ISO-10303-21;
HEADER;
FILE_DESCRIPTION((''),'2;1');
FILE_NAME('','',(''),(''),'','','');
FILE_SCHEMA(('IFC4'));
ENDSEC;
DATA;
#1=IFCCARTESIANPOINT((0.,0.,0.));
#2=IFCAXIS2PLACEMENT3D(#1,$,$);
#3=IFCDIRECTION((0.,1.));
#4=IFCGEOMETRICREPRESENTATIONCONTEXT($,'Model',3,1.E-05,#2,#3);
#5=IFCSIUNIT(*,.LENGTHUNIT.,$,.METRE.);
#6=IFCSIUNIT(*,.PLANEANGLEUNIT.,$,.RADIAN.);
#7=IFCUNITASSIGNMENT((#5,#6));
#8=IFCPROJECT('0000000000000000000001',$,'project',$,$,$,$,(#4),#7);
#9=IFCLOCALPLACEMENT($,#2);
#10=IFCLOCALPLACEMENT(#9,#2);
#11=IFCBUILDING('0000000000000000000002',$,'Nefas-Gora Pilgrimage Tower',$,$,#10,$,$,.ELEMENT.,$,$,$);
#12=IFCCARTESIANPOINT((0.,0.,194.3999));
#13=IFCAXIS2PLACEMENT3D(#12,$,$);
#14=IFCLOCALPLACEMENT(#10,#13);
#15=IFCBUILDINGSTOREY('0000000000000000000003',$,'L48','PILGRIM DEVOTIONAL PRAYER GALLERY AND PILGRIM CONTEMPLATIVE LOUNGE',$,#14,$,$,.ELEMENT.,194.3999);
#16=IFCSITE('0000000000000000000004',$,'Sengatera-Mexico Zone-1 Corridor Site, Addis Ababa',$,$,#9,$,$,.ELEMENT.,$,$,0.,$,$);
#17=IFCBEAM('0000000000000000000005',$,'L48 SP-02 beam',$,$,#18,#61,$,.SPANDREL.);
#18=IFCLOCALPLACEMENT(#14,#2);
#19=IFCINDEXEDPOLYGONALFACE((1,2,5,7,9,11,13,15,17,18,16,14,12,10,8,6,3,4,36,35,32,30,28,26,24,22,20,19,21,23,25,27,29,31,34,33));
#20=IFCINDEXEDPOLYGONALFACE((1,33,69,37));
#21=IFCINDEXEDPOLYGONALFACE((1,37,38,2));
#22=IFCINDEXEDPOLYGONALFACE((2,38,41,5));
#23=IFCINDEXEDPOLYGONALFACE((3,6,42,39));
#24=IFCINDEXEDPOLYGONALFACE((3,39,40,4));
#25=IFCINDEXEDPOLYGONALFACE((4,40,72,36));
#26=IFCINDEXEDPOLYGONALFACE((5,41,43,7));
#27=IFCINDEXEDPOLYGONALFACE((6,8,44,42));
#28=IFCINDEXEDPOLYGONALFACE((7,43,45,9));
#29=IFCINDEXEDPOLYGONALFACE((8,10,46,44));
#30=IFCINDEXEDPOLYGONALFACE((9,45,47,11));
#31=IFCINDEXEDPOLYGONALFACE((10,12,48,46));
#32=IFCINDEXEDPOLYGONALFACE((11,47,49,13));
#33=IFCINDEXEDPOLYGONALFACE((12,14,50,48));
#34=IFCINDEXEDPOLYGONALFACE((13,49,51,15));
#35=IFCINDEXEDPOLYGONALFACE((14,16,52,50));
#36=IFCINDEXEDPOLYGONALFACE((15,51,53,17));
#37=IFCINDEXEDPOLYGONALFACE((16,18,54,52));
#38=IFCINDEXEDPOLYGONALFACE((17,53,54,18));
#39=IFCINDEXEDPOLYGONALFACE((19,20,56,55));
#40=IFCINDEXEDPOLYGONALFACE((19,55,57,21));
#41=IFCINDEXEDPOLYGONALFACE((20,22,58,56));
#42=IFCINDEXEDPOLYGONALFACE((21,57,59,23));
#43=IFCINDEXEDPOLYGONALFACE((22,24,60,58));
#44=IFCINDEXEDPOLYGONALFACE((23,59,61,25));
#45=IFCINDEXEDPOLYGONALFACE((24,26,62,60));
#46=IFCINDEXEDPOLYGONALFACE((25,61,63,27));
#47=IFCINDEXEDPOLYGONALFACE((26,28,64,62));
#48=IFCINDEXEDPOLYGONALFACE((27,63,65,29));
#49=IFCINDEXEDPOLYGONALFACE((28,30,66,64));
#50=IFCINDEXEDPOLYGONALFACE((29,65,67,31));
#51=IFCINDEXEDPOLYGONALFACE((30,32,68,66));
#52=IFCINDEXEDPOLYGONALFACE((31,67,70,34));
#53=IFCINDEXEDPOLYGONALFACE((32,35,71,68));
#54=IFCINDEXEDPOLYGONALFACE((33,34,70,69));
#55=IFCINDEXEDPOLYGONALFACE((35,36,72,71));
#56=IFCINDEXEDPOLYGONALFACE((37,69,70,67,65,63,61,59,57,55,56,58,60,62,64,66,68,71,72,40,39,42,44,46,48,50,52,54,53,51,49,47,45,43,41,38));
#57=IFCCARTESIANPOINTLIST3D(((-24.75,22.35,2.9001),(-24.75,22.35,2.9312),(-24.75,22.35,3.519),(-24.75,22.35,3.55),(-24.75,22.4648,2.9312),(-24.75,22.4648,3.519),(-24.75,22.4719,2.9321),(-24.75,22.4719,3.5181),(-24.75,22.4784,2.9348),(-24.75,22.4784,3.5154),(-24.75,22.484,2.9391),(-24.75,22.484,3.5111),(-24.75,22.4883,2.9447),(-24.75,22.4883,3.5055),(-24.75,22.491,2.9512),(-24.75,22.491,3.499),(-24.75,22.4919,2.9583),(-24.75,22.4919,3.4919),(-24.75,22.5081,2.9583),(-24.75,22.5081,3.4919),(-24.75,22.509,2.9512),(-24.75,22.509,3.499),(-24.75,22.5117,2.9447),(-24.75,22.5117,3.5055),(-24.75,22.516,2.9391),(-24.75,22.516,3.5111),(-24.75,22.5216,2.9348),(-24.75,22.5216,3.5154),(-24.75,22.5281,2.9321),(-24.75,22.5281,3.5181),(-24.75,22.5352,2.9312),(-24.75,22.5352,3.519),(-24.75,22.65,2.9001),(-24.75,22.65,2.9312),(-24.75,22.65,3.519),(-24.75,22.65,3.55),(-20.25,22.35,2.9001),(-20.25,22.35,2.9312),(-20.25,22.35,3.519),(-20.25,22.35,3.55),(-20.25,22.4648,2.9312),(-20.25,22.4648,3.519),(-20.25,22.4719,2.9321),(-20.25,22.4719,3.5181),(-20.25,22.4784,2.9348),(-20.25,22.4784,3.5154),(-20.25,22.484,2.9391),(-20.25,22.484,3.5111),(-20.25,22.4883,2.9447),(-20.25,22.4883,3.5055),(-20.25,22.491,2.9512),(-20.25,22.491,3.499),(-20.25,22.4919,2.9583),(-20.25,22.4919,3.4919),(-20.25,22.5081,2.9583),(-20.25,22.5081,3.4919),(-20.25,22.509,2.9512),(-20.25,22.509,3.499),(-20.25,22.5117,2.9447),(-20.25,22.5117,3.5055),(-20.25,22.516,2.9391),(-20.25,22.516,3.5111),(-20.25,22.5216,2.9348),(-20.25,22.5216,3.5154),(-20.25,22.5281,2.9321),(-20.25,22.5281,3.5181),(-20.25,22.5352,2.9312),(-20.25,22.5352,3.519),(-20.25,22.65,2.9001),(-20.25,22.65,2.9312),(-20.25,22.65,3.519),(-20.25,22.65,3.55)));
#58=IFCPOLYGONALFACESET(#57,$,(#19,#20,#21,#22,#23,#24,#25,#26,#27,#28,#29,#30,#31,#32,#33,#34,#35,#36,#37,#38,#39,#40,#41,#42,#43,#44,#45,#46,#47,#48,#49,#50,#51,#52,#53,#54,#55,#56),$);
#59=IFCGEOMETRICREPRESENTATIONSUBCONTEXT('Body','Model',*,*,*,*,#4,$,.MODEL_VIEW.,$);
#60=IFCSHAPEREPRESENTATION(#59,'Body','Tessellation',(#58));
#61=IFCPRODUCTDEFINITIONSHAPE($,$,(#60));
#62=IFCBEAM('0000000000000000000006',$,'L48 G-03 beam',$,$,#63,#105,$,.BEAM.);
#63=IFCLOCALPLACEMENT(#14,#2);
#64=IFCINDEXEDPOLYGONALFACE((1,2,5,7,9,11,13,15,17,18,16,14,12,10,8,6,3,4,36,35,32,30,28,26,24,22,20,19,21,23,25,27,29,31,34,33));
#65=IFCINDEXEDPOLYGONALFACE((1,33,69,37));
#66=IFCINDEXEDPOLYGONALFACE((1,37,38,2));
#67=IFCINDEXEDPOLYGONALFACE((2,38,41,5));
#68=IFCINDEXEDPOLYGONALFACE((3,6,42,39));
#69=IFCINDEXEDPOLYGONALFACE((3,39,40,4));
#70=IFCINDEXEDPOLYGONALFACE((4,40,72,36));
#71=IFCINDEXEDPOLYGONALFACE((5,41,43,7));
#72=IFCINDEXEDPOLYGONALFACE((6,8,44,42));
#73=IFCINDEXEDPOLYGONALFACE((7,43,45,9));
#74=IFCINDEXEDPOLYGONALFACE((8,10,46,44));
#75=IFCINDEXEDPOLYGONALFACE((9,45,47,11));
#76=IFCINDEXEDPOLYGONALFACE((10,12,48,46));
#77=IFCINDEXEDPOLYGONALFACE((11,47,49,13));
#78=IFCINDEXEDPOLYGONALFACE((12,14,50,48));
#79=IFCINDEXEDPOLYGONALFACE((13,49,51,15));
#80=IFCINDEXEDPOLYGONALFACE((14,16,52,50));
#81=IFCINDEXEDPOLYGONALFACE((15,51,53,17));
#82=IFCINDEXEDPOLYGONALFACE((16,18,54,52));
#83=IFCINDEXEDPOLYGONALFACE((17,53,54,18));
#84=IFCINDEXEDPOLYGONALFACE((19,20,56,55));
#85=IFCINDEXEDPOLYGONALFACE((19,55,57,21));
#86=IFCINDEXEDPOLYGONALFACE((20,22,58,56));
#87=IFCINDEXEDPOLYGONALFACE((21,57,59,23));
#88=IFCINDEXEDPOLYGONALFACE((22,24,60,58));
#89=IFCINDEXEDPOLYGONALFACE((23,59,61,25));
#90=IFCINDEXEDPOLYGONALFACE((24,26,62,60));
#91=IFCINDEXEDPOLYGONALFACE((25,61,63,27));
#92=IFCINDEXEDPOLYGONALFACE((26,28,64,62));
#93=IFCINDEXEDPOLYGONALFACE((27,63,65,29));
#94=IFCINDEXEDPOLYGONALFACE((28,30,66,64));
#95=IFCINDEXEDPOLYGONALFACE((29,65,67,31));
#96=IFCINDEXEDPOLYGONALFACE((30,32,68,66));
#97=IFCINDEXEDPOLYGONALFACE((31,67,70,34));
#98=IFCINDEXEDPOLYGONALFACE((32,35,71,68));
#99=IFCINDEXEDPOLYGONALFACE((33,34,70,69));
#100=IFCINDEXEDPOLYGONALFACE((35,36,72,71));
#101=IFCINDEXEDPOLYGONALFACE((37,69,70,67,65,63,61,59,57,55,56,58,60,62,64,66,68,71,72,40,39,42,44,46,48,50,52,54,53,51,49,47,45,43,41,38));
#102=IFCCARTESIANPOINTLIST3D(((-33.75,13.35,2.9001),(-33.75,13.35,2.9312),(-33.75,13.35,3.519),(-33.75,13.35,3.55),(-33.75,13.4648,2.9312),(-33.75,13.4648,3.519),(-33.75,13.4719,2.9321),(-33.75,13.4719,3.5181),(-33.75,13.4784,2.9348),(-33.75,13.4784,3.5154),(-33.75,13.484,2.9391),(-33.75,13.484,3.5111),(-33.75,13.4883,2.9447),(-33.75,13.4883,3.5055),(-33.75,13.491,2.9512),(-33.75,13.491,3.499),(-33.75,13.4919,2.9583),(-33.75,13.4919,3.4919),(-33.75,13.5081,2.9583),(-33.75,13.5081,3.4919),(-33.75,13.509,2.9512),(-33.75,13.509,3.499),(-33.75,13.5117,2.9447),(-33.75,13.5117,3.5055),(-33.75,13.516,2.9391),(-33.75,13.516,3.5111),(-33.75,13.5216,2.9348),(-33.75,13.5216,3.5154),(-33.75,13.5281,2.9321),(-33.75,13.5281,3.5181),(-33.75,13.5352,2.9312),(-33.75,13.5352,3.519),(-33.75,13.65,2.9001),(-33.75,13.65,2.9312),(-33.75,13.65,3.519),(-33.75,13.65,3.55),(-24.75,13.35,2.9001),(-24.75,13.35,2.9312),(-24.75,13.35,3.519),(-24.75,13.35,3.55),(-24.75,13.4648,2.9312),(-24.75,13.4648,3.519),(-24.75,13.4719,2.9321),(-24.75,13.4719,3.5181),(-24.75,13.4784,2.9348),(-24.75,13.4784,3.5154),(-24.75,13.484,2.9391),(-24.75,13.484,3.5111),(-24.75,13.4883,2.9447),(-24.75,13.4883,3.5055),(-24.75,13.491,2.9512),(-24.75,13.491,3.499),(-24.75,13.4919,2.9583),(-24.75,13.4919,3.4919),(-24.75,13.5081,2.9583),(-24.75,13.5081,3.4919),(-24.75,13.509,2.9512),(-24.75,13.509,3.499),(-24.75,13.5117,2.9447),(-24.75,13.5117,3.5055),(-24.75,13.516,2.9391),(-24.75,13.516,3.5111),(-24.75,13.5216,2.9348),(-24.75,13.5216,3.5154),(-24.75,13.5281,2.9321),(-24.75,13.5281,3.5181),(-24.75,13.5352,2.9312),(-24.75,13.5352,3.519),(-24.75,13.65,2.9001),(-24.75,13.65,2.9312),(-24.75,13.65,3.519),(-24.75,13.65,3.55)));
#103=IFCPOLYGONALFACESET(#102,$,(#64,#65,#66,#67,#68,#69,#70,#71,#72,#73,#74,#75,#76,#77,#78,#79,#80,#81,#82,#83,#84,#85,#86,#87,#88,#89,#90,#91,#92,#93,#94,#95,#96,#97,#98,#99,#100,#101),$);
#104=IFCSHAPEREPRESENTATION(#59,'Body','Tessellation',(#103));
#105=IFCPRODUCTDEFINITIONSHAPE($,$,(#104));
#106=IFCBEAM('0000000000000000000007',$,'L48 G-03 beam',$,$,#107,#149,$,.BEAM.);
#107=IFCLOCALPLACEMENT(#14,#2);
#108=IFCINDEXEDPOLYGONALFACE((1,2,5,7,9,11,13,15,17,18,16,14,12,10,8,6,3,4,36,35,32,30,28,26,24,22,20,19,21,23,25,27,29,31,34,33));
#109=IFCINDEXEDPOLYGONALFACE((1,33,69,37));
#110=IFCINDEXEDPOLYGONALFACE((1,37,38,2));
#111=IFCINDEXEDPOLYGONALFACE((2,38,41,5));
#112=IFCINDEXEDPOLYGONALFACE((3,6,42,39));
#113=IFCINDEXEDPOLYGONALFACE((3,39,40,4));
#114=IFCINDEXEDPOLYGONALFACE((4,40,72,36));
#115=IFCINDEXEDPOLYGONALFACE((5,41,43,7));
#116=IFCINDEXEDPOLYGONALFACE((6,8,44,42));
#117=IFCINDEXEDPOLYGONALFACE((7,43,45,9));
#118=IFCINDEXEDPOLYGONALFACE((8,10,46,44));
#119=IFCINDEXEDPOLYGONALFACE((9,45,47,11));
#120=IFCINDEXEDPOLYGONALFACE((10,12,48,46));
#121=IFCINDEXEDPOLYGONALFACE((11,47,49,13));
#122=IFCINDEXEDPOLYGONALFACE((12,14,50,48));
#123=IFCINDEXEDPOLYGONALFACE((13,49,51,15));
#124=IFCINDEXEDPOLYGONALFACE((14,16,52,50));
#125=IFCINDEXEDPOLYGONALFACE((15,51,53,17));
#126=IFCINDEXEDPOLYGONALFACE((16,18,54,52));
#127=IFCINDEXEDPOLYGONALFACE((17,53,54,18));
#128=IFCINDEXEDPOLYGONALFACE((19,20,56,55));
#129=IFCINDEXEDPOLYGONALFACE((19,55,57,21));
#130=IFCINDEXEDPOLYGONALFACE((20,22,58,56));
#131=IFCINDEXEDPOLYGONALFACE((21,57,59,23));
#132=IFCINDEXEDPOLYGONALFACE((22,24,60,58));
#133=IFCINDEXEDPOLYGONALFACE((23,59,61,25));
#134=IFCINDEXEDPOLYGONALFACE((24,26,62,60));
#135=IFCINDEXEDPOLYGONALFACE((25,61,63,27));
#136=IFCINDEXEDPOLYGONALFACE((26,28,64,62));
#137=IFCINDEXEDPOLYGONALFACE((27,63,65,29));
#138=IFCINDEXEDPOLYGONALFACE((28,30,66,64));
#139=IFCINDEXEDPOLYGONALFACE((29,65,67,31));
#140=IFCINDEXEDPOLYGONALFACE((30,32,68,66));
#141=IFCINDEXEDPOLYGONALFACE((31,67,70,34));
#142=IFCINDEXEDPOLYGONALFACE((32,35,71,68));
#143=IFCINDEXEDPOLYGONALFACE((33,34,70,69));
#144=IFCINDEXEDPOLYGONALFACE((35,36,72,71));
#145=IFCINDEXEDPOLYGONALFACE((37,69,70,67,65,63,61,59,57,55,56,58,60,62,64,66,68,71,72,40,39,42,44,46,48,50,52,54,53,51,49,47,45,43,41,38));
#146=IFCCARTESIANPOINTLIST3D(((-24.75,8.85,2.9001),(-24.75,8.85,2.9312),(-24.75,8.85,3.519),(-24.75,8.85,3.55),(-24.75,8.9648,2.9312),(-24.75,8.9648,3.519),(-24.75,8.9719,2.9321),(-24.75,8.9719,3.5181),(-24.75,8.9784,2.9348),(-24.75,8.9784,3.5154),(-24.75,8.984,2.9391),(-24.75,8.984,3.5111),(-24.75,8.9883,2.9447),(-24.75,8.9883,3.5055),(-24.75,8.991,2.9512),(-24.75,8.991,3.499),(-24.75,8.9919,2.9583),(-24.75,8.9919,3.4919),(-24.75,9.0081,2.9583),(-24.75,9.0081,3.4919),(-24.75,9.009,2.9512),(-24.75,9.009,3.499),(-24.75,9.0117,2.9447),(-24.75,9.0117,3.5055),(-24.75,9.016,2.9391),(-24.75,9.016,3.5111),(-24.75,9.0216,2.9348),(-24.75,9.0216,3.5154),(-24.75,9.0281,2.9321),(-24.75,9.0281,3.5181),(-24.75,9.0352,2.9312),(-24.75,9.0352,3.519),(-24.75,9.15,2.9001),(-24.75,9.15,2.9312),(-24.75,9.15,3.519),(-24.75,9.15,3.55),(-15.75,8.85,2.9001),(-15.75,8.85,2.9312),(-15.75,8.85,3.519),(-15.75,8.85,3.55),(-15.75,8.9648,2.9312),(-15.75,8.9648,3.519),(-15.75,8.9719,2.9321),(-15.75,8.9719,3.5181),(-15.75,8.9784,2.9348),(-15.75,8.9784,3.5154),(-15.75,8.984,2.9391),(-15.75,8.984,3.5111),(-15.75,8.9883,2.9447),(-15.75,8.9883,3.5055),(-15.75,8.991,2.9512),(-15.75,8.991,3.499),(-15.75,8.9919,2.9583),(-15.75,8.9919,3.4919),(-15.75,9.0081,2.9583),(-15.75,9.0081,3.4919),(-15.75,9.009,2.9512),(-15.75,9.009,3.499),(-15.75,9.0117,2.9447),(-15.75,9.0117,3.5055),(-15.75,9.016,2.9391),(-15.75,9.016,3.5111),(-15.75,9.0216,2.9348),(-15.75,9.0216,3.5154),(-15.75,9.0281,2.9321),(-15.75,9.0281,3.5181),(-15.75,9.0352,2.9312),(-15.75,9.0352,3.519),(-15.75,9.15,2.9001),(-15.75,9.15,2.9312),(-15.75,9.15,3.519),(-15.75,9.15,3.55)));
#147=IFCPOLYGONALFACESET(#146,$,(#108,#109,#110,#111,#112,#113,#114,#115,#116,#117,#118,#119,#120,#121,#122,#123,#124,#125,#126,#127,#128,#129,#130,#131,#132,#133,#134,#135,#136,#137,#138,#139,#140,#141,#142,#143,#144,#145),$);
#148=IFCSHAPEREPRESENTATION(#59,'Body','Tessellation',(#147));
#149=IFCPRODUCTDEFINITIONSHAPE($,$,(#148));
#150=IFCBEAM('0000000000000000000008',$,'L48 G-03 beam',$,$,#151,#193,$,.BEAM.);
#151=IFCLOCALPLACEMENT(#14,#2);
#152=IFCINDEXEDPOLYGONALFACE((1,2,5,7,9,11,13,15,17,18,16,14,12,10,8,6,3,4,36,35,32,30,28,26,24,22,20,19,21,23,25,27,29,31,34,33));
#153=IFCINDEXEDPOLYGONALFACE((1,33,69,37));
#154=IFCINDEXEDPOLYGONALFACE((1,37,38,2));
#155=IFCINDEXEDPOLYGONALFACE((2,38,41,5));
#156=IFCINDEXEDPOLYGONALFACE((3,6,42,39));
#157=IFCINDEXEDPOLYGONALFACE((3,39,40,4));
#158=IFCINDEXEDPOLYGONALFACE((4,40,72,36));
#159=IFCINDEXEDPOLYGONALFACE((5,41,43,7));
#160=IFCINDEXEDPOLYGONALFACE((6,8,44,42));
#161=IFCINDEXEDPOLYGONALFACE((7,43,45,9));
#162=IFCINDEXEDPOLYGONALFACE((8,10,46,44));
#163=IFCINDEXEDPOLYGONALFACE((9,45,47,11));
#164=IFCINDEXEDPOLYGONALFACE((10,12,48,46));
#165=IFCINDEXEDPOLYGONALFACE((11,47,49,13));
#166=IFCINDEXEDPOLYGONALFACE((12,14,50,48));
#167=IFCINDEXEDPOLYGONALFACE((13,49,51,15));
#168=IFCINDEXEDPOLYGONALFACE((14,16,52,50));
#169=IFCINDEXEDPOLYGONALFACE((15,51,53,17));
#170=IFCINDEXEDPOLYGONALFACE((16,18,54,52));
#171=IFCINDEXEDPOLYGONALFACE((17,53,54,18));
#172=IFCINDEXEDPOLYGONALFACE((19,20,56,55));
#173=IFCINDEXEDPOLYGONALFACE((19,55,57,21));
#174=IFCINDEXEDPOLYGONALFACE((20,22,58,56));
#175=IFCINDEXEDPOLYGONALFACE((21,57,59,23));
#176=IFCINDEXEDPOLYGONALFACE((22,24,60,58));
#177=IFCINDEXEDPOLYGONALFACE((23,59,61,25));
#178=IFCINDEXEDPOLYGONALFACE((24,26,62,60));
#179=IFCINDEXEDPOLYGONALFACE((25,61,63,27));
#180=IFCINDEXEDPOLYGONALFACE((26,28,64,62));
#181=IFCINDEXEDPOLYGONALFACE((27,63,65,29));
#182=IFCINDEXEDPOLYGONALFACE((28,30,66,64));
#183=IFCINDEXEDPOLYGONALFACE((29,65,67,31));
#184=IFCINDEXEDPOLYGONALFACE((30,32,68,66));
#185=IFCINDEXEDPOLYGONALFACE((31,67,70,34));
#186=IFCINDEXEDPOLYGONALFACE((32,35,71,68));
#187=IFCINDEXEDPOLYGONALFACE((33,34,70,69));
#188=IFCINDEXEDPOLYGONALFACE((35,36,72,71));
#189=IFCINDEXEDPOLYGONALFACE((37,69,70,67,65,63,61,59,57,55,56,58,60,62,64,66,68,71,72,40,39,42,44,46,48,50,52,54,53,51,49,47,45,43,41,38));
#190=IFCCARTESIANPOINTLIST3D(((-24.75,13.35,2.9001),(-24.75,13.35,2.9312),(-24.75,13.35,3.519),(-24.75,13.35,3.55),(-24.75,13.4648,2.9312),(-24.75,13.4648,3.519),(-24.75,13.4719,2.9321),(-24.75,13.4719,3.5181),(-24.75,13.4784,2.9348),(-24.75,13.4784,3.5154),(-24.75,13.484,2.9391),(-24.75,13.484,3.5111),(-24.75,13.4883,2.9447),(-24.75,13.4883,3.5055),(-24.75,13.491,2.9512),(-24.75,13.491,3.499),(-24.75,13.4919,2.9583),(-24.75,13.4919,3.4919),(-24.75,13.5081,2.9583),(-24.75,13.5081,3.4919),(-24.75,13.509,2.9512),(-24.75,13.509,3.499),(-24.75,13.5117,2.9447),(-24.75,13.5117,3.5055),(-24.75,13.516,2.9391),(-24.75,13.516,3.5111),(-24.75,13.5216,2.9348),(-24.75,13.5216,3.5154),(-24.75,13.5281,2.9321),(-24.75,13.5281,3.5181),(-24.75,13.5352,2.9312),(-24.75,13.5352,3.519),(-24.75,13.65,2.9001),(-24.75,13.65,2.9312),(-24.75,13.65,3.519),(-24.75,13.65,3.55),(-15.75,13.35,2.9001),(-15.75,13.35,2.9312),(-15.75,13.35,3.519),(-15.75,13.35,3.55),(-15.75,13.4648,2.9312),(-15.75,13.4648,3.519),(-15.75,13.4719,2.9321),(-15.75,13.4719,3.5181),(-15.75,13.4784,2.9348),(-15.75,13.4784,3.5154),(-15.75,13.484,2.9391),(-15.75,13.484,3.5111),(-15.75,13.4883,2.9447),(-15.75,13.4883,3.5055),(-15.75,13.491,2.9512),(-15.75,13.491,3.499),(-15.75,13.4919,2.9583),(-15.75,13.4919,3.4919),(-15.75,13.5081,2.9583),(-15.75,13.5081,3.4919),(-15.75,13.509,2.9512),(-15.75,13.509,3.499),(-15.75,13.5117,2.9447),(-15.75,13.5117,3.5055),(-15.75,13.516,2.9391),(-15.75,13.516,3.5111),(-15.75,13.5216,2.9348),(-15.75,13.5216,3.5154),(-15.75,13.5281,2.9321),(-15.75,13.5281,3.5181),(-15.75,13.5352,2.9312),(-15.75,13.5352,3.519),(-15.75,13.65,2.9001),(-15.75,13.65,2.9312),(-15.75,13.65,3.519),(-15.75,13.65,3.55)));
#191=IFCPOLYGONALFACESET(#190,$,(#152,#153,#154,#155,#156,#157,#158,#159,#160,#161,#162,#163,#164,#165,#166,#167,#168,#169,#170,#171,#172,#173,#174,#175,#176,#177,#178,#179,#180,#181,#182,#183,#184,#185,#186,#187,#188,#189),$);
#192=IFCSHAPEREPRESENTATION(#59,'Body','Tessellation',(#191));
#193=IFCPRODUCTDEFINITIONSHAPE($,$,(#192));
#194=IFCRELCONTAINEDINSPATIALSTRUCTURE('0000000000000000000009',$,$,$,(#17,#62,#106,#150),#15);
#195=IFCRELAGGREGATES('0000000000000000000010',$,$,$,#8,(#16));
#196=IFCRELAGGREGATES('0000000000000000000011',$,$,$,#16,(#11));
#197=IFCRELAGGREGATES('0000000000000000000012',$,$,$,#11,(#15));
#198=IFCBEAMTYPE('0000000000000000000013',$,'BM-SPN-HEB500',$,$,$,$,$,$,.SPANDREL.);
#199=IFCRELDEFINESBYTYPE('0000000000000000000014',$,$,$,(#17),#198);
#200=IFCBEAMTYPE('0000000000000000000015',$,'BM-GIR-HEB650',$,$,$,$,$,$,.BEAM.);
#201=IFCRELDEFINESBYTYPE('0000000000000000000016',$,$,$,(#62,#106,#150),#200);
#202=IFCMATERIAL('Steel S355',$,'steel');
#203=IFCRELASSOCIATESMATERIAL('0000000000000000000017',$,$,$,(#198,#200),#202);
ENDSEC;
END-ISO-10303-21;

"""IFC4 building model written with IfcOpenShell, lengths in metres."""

from ifc_helpers import new_model, si_unit, direction, frame, origin, origin_2d, place, context, subcontext, project, spatial, i_section, extrude, source, transform, mapped, material, material_profile, profile_set, type_object, element, save


model = new_model("IFC4")

# Units and contexts
model_context = context("Model", 3, precision=1e-05, world=origin(), true_north=direction((0.0, 1.0)))
body_context = subcontext(model_context, "Body", "Model", "MODEL_VIEW")
ifc_project = project(units=[si_unit("LENGTHUNIT", "METRE"), si_unit("PLANEANGLEUNIT", "RADIAN")], contexts=[model_context])

# Site, building, storey
site_placement = place(None, origin())
site = spatial("IfcSite", under=ifc_project, at=site_placement, Name="Sengatera-Mexico Zone-1 Corridor Site, Addis Ababa", CompositionType="ELEMENT", RefElevation=0.0)
building_placement = place(site_placement, origin())
building = spatial("IfcBuilding", under=site, at=building_placement, Name="Nefas-Gora Pilgrimage Tower", CompositionType="ELEMENT")
storey_placement = place(building_placement, frame((0.0, 0.0, 194.3999)))
storey = spatial("IfcBuildingStorey", under=building, at=storey_placement, Name="L48", Description="PILGRIM DEVOTIONAL PRAYER GALLERY AND PILGRIM CONTEMPLATIVE LOUNGE", CompositionType="ELEMENT", Elevation=194.3999)

# Beams
ifc_material_1 = material(Name="Steel S355", Category="steel")
ifc_material_profile_1 = material_profile(ifc_material_1, i_section(OverallWidth=0.3, OverallDepth=0.6499, WebThickness=0.0161, FlangeThickness=0.031, FilletRadius=0.0271, at=origin_2d()), Name="HEB 650")
ifc_profile_set_1 = profile_set([ifc_material_profile_1], Name="Steel S355")
beam_type_1 = type_object("IfcBeamType", Name="BM-SPN-HEB500", PredefinedType="SPANDREL", material=ifc_profile_set_1)
shared_shape_1 = source(origin(), body_context, "Body", "SweptSolid", [
    extrude(i_section(OverallWidth=0.3, OverallDepth=0.6499, WebThickness=0.0161, FlangeThickness=0.031, FilletRadius=0.0271, at=origin_2d()), origin(), (0.0, 0.0, 1.0), 4.5),
])
beam_placement = place(storey_placement, frame((-24.75, 22.5, 3.2251), z_axis=(1.0, 0.0, 0.0), x_axis=(0.0, 1.0, 0.0)))
element("IfcBeam", 1, at=beam_placement, inside=storey, type_object=beam_type_1, Name="L48 SP-02 beam", PredefinedType="SPANDREL", context=body_context, shape_type="MappedRepresentation", body=[
    mapped(shared_shape_1, transform((0.0, 0.0, 0.0), x_axis=(1.0, 0.0, 0.0), y_axis=(0.0, 1.0, 0.0), z_axis=(0.0, 0.0, 1.0), scale=1.0)),
])
ifc_material_profile_2 = material_profile(ifc_material_1, i_section(OverallWidth=0.3, OverallDepth=0.6499, WebThickness=0.0161, FlangeThickness=0.031, FilletRadius=0.0271, at=origin_2d()), Name="HEB 650")
ifc_profile_set_2 = profile_set([ifc_material_profile_2], Name="Steel S355")
beam_type_2 = type_object("IfcBeamType", Name="BM-GIR-HEB650", PredefinedType="BEAM", material=ifc_profile_set_2)
shared_shape_2 = source(origin(), body_context, "Body", "SweptSolid", [
    extrude(i_section(OverallWidth=0.3, OverallDepth=0.6499, WebThickness=0.0161, FlangeThickness=0.031, FilletRadius=0.0271, at=origin_2d()), origin(), (0.0, 0.0, 1.0), 9.0),
])
for number, where, z_axis, x_axis, name in (
    (2, (-33.75, 13.5, 3.2251), (1.0, 0.0, 0.0), (0.0, 1.0, 0.0), "L48 G-03 beam"),
    (3, (-24.75, 9.0, 3.2251), (1.0, 0.0, 0.0), (0.0, 1.0, 0.0), "L48 G-03 beam"),
    (4, (-24.75, 13.5, 3.2251), (1.0, 0.0, 0.0), (0.0, 1.0, 0.0), "L48 G-03 beam"),
):
    element("IfcBeam", number, at=place(storey_placement, frame(where, z_axis=z_axis, x_axis=x_axis)), inside=storey, type_object=beam_type_2, Name=name, PredefinedType="BEAM", context=body_context, shape_type="MappedRepresentation", body=[
        mapped(shared_shape_2, transform((0.0, 0.0, 0.0), x_axis=(1.0, 0.0, 0.0), y_axis=(0.0, 1.0, 0.0), z_axis=(0.0, 0.0, 1.0), scale=1.0)),
    ])

save(model, "model.ifc")
